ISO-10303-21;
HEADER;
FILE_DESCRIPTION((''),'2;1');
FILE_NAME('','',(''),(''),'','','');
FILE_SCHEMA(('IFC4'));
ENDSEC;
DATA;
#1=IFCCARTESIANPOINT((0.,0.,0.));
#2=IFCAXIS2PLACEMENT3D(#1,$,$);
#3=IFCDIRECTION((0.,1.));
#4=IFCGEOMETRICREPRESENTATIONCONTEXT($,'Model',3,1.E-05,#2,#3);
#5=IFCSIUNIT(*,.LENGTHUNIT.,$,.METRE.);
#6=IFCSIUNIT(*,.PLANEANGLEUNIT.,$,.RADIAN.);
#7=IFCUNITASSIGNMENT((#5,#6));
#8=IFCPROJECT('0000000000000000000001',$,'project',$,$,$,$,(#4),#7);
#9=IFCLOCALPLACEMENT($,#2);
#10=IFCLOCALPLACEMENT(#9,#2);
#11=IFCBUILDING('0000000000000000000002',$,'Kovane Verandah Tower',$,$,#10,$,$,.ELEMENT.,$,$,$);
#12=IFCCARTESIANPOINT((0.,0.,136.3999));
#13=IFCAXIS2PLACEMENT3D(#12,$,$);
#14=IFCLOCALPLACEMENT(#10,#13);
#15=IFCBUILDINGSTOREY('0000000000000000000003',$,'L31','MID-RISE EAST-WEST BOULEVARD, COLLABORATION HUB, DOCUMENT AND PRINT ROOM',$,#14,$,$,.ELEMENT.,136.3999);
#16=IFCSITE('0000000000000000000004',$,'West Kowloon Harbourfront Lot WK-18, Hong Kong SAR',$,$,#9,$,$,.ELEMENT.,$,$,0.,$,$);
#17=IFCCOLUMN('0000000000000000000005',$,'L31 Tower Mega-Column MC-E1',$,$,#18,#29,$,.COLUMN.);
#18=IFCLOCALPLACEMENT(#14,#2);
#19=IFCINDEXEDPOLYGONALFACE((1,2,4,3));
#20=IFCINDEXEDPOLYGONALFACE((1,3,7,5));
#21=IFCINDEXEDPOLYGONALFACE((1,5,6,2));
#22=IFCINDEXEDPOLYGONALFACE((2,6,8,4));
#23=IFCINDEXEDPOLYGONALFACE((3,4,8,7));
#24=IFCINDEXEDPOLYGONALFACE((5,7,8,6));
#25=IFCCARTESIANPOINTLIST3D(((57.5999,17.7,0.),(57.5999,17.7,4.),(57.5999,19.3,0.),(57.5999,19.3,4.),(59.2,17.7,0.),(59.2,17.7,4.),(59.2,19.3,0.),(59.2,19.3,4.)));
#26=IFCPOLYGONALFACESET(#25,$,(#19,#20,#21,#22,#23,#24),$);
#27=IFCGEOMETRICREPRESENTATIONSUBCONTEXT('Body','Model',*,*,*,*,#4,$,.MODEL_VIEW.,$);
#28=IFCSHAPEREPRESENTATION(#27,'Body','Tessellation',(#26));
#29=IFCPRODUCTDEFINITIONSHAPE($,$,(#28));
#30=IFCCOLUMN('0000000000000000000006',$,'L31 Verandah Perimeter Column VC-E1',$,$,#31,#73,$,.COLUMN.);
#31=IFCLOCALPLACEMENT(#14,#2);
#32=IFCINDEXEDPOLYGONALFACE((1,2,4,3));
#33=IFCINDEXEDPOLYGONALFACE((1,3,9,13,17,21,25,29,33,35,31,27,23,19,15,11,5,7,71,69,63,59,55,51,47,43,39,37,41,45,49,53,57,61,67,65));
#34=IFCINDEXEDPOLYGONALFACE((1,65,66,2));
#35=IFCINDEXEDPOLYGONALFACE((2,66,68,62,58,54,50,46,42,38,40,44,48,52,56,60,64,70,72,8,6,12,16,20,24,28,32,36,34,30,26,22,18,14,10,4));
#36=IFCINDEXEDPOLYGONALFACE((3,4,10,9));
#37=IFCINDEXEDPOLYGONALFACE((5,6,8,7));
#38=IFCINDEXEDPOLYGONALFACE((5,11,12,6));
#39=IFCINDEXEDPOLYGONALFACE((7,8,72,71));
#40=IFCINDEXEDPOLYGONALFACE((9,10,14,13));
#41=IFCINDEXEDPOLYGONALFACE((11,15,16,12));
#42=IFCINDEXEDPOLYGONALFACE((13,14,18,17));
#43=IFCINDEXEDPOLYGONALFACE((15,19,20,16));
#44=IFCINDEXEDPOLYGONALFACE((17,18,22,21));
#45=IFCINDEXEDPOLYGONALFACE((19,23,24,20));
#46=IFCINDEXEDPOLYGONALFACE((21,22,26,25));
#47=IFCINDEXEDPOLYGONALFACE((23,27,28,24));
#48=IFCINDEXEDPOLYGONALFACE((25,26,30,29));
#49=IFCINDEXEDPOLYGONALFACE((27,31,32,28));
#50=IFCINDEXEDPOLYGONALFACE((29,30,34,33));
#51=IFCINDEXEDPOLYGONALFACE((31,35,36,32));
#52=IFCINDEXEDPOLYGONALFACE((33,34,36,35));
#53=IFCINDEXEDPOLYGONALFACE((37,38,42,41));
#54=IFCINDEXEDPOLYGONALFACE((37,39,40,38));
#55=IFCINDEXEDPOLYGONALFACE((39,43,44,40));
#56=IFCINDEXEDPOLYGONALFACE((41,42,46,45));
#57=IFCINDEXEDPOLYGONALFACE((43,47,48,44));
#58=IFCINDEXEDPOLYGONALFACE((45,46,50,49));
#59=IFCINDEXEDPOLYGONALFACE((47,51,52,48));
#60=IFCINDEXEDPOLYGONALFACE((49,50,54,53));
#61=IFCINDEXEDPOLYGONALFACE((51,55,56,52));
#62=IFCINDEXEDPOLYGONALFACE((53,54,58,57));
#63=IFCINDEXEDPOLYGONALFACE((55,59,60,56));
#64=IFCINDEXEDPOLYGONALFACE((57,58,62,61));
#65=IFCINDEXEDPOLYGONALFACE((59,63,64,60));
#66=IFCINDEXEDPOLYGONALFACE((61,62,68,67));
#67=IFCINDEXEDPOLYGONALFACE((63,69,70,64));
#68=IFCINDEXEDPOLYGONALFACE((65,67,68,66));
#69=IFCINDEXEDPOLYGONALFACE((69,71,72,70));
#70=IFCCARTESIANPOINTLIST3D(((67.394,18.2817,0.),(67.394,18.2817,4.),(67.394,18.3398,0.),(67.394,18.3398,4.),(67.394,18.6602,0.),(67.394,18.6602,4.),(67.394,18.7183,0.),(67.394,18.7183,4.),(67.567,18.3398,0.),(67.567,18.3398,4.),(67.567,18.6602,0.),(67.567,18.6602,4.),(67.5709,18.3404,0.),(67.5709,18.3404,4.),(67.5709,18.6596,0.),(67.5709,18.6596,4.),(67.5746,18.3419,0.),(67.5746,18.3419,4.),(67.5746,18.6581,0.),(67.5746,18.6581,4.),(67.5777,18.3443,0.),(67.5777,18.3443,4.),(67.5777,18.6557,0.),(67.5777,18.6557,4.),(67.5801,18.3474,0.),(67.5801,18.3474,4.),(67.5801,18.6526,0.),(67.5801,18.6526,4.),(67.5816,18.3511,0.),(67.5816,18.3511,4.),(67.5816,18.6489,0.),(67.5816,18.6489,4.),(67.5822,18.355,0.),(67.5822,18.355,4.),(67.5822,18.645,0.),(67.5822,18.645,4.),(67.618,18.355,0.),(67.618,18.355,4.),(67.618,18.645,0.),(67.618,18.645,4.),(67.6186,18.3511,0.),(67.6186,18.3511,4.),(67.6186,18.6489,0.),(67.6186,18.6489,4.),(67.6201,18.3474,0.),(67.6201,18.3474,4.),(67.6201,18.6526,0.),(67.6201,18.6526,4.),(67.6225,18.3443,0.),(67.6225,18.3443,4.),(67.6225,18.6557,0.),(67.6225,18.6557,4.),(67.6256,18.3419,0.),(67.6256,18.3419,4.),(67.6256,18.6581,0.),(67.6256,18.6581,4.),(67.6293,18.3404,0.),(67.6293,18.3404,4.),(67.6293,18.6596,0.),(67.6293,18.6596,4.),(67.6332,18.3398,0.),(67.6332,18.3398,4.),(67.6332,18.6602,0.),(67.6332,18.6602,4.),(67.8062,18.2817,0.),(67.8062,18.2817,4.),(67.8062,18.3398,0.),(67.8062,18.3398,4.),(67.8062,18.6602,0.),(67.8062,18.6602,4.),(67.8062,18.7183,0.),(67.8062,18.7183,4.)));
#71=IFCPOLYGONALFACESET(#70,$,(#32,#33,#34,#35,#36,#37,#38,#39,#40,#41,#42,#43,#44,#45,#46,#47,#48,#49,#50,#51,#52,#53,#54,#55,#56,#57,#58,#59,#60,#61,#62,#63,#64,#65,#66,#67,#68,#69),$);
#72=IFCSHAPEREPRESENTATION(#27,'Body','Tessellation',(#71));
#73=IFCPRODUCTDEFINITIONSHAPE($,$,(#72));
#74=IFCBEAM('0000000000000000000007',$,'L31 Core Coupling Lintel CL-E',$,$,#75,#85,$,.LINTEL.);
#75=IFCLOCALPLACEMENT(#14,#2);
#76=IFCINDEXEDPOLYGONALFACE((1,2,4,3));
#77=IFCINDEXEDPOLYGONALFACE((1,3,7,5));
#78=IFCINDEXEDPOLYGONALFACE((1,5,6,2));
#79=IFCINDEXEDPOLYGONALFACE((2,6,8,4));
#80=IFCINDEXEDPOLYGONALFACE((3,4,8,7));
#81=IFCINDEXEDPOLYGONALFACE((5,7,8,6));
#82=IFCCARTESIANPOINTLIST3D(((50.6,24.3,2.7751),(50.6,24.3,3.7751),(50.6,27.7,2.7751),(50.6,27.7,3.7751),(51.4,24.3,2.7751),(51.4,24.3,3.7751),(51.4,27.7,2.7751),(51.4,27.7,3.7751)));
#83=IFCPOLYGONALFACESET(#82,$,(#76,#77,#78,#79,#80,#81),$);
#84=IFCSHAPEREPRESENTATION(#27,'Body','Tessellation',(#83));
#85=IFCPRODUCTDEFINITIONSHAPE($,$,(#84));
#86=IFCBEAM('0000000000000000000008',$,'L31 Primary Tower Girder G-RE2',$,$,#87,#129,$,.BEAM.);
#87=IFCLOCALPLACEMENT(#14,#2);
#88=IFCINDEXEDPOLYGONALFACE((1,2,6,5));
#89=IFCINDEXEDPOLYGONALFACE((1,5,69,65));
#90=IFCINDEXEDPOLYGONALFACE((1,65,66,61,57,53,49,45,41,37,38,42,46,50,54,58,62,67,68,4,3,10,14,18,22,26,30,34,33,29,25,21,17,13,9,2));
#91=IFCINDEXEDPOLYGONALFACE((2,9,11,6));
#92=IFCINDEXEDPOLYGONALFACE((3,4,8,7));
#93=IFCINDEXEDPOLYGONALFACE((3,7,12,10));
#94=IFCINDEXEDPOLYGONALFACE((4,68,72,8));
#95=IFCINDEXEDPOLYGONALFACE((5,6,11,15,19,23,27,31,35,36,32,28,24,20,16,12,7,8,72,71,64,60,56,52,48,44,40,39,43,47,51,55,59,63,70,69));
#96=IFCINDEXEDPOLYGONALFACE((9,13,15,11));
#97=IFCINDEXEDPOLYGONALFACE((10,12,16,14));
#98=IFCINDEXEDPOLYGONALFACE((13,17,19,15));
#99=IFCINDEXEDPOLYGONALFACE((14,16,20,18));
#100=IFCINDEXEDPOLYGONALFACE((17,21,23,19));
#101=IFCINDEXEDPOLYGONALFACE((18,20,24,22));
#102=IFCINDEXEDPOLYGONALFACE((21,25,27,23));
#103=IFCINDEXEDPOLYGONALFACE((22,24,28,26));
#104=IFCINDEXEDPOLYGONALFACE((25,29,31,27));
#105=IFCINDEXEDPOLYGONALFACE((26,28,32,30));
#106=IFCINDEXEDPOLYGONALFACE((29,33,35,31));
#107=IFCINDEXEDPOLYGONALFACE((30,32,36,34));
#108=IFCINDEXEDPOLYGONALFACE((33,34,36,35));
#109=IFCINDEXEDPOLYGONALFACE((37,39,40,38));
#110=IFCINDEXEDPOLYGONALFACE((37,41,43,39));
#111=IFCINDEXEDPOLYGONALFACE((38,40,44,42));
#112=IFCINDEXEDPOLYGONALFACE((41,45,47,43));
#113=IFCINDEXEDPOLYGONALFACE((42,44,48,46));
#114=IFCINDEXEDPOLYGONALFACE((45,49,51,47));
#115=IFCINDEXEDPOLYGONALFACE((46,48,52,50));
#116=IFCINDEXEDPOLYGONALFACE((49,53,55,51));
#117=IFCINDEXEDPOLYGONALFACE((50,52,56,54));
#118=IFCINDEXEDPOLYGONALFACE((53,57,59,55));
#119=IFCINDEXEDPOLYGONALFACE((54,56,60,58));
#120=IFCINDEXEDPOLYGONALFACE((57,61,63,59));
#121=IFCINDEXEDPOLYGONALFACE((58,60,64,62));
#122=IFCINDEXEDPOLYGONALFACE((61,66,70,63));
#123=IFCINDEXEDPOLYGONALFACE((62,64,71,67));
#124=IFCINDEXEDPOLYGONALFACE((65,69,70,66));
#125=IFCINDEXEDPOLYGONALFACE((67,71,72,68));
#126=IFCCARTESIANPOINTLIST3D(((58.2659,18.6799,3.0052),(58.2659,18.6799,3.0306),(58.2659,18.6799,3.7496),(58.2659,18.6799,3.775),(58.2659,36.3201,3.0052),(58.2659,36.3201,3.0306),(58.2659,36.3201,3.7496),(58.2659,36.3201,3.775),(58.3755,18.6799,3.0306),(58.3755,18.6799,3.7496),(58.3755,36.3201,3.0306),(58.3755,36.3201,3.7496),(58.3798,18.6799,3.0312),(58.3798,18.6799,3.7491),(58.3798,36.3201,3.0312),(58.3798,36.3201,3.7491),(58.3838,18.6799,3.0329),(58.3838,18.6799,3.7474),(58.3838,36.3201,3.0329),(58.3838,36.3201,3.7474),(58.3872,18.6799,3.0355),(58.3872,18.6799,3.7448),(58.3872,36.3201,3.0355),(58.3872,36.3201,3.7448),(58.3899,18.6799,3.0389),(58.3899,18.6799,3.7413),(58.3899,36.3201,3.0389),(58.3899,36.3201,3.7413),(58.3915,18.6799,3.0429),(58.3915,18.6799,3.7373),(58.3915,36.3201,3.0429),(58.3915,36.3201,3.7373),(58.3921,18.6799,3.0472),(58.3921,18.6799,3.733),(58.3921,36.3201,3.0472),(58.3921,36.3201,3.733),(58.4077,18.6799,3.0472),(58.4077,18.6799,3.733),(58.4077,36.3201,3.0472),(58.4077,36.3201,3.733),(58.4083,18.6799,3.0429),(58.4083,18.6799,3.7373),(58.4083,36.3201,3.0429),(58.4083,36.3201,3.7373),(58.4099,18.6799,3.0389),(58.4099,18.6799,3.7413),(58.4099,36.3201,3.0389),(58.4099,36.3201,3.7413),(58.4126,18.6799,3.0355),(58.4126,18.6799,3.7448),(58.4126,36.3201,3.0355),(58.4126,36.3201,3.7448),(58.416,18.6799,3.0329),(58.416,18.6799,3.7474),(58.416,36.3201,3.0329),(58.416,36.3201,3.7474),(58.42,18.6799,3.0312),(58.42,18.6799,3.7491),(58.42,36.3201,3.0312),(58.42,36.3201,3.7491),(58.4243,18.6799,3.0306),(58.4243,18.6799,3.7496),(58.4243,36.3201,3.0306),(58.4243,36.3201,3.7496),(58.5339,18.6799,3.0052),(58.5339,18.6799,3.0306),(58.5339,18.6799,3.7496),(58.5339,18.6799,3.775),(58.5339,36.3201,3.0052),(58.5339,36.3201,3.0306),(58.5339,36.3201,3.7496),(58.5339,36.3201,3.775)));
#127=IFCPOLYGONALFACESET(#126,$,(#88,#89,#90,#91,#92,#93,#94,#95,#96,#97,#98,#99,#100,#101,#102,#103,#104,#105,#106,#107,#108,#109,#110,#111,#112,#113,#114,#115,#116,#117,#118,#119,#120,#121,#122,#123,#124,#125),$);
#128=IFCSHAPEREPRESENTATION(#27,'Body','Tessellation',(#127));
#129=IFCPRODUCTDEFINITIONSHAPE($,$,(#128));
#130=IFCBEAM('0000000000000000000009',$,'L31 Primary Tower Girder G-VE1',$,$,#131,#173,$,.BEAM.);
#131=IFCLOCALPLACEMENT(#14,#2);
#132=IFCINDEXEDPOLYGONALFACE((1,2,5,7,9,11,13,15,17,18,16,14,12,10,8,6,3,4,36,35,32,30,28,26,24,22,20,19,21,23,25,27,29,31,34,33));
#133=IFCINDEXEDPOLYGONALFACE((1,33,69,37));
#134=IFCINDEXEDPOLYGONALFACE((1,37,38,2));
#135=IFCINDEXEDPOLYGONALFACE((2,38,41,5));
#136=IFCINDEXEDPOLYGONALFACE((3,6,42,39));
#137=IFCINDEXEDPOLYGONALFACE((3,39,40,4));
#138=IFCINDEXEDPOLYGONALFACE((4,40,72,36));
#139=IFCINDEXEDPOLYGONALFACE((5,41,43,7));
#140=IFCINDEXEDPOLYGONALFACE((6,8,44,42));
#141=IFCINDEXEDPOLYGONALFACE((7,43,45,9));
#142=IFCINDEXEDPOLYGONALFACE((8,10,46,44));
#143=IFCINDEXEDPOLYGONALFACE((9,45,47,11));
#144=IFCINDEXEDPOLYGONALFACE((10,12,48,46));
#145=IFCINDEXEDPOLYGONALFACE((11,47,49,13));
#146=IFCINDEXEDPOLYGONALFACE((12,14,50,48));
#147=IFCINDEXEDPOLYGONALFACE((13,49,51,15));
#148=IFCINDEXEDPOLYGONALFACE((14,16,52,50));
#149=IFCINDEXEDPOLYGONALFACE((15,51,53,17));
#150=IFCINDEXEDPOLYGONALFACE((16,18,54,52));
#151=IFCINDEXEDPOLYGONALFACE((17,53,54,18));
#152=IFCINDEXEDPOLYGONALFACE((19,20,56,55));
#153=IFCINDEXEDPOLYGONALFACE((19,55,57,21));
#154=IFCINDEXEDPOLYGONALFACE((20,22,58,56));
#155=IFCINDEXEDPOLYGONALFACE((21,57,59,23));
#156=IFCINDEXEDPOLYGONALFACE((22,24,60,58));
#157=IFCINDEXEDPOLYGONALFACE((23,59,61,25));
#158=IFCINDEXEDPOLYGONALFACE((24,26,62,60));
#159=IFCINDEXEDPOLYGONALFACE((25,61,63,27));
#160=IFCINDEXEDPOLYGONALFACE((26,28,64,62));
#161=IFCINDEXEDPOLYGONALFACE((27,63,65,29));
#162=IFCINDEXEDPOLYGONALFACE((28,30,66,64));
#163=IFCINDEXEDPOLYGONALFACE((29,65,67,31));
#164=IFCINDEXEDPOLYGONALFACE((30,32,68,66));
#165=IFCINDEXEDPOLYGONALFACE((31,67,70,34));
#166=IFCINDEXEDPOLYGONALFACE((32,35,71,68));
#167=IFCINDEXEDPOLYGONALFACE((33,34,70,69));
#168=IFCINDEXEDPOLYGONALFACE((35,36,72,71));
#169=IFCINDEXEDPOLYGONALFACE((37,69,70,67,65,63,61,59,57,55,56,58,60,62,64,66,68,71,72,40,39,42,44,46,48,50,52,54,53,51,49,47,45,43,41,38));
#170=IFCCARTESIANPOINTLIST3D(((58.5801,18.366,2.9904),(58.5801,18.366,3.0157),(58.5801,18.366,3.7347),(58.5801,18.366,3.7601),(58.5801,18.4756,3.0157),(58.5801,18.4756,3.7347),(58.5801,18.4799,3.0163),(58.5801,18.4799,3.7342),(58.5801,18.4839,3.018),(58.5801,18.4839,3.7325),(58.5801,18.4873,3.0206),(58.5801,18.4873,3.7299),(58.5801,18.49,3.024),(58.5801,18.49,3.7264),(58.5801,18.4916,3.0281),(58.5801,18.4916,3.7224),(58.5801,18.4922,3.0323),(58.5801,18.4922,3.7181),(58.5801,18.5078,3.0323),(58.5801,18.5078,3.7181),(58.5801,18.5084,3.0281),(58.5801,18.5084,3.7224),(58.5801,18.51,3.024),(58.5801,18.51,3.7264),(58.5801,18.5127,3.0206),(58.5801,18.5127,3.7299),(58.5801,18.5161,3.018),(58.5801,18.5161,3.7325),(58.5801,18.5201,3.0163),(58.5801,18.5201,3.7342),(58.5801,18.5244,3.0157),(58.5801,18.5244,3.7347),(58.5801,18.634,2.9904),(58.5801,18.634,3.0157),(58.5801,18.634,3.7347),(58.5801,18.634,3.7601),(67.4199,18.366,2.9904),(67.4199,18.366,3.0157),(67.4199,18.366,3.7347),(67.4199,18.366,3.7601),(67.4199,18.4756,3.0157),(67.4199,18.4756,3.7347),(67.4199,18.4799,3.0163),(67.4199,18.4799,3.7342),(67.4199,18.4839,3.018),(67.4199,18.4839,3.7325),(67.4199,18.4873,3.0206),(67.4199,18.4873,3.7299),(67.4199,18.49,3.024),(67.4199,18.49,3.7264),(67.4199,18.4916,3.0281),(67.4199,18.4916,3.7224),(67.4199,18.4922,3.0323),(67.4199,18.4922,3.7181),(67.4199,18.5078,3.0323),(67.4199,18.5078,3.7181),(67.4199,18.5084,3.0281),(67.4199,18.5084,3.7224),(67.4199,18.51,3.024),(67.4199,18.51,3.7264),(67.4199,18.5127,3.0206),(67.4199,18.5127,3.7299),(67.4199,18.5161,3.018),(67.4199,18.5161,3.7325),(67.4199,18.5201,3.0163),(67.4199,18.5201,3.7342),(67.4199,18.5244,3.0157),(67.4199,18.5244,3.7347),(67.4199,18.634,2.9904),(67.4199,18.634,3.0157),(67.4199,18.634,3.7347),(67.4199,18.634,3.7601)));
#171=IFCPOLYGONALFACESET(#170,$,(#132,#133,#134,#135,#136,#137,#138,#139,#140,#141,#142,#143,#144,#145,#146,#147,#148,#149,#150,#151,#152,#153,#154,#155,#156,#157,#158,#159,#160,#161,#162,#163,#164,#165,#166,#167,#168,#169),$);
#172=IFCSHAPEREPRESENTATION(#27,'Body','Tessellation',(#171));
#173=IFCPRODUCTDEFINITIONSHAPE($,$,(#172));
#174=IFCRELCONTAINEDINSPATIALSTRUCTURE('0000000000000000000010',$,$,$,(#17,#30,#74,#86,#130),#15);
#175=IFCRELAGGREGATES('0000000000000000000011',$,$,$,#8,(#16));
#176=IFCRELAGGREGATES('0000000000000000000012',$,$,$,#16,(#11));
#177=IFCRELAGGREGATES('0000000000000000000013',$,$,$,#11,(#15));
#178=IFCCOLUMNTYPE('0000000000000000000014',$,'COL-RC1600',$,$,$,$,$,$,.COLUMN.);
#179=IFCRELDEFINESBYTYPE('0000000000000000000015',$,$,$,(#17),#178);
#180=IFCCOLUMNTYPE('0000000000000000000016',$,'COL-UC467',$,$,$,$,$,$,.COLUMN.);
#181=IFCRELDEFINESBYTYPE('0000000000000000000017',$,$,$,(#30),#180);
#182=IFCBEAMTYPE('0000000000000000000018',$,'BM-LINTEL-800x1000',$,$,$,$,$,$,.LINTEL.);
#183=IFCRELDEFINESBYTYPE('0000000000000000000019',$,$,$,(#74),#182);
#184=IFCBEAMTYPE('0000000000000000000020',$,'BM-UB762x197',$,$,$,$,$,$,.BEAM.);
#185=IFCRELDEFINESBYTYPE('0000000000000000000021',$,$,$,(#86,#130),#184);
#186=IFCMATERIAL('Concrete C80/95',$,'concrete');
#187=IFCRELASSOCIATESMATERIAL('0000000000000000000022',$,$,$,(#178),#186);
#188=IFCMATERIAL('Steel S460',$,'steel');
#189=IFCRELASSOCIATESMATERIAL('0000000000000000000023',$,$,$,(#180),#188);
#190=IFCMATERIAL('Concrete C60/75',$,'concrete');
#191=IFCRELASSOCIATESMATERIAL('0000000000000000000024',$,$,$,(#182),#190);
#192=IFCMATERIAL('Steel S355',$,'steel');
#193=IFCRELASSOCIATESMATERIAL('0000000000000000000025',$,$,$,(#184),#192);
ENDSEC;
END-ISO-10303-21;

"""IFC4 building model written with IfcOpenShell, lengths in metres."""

from ifc_helpers import new_model, si_unit, direction, frame, origin, origin_2d, place, context, subcontext, project, spatial, rectangle, i_section, extrude, material, material_profile, profile_set, type_object, element, save


model = new_model("IFC4")

# Units and contexts
model_context = context("Model", 3, precision=1e-05, world=origin(), true_north=direction((0.0, 1.0)))
body_context = subcontext(model_context, "Body", "Model", "MODEL_VIEW")
ifc_project = project(units=[si_unit("LENGTHUNIT", "METRE"), si_unit("PLANEANGLEUNIT", "RADIAN")], contexts=[model_context])

# Site, building, storey
site_placement = place(None, origin())
site = spatial("IfcSite", under=ifc_project, at=site_placement, Name="West Kowloon Harbourfront Lot WK-18, Hong Kong SAR", CompositionType="ELEMENT", RefElevation=0.0)
building_placement = place(site_placement, origin())
building = spatial("IfcBuilding", under=site, at=building_placement, Name="Kovane Verandah Tower", CompositionType="ELEMENT")
storey_placement = place(building_placement, frame((0.0, 0.0, 136.3999)))
storey = spatial("IfcBuildingStorey", under=building, at=storey_placement, Name="L31", Description="MID-RISE EAST-WEST BOULEVARD, COLLABORATION HUB, DOCUMENT AND PRINT ROOM", CompositionType="ELEMENT", Elevation=136.3999)

# Columns
ifc_material_1 = material(Name="Concrete C80/95", Category="concrete")
ifc_material_profile_1 = material_profile(ifc_material_1, rectangle(XDim=1.6001, YDim=1.6001, at=origin_2d()), Name="RC1600x1600")
ifc_profile_set_1 = profile_set([ifc_material_profile_1], Name="Concrete C80/95")
column_type_1 = type_object("IfcColumnType", Name="COL-RC1600", PredefinedType="COLUMN", material=ifc_profile_set_1)
column_1_placement = place(storey_placement, frame((58.3999, 18.5, 0.0), z_axis=(0.0, 0.0, 1.0), x_axis=(1.0, 0.0, 0.0)))
element("IfcColumn", 1, at=column_1_placement, inside=storey, type_object=column_type_1, Name="L31 Tower Mega-Column MC-E1", PredefinedType="COLUMN", context=body_context, shape_type="SweptSolid", body=[
    extrude(rectangle(XDim=1.6001, YDim=1.6001, at=origin_2d()), origin(), (0.0, 0.0, 1.0), 4.0),
])
ifc_material_2 = material(Name="Steel S460", Category="steel")
ifc_material_profile_2 = material_profile(ifc_material_2, i_section(OverallWidth=0.4121, OverallDepth=0.4365, WebThickness=0.0359, FlangeThickness=0.0581, FilletRadius=0.0151, at=origin_2d()), Name="UC356x406x467")
ifc_profile_set_2 = profile_set([ifc_material_profile_2], Name="Steel S460")
column_type_2 = type_object("IfcColumnType", Name="COL-UC467", PredefinedType="COLUMN", material=ifc_profile_set_2)
column_2_placement = place(storey_placement, frame((67.6001, 18.5, 0.0), z_axis=(0.0, 0.0, 1.0), x_axis=(1.0, 0.0, 0.0)))
element("IfcColumn", 2, at=column_2_placement, inside=storey, type_object=column_type_2, Name="L31 Verandah Perimeter Column VC-E1", PredefinedType="COLUMN", context=body_context, shape_type="SweptSolid", body=[
    extrude(i_section(OverallWidth=0.4121, OverallDepth=0.4365, WebThickness=0.0359, FlangeThickness=0.0581, FilletRadius=0.0151, at=origin_2d()), origin(), (0.0, 0.0, 1.0), 4.0),
])

# Beams
ifc_material_3 = material(Name="Concrete C60/75", Category="concrete")
ifc_material_profile_3 = material_profile(ifc_material_3, rectangle(XDim=0.8, YDim=1.0, at=origin_2d()), Name="RCB800x1000")
ifc_profile_set_3 = profile_set([ifc_material_profile_3], Name="Concrete C60/75")
beam_type_1 = type_object("IfcBeamType", Name="BM-LINTEL-800x1000", PredefinedType="LINTEL", material=ifc_profile_set_3)
beam_1_placement = place(storey_placement, frame((51.0, 24.3, 3.2751), z_axis=(0.0, 1.0, 0.0), x_axis=(-1.0, 0.0, 0.0)))
element("IfcBeam", 3, at=beam_1_placement, inside=storey, type_object=beam_type_1, Name="L31 Core Coupling Lintel CL-E", PredefinedType="LINTEL", context=body_context, shape_type="SweptSolid", body=[
    extrude(rectangle(XDim=0.8, YDim=1.0, at=origin_2d()), origin(), (0.0, 0.0, 1.0), 3.3999),
])
ifc_material_4 = material(Name="Steel S355", Category="steel")
ifc_material_profile_4 = material_profile(ifc_material_4, i_section(OverallWidth=0.2681, OverallDepth=0.7698, WebThickness=0.0156, FlangeThickness=0.0254, FilletRadius=0.0166, at=origin_2d()), Name="UB762x267x197")
ifc_profile_set_4 = profile_set([ifc_material_profile_4], Name="Steel S355")
beam_type_2 = type_object("IfcBeamType", Name="BM-UB762x197", PredefinedType="BEAM", material=ifc_profile_set_4)
beam_2_placement = place(storey_placement, frame((58.3999, 18.6799, 3.3901), z_axis=(0.0, 1.0, 0.0), x_axis=(-1.0, 0.0, 0.0)))
element("IfcBeam", 4, at=beam_2_placement, inside=storey, type_object=beam_type_2, Name="L31 Primary Tower Girder G-RE2", PredefinedType="BEAM", context=body_context, shape_type="SweptSolid", body=[
    extrude(i_section(OverallWidth=0.2681, OverallDepth=0.7698, WebThickness=0.0156, FlangeThickness=0.0254, FilletRadius=0.0166, at=origin_2d()), origin(), (0.0, 0.0, 1.0), 17.6401),
])
beam_3_placement = place(storey_placement, frame((58.5801, 18.5, 3.3752), z_axis=(1.0, 0.0, 0.0), x_axis=(0.0, 1.0, 0.0)))
element("IfcBeam", 5, at=beam_3_placement, inside=storey, type_object=beam_type_2, Name="L31 Primary Tower Girder G-VE1", PredefinedType="BEAM", context=body_context, shape_type="SweptSolid", body=[
    extrude(i_section(OverallWidth=0.2681, OverallDepth=0.7698, WebThickness=0.0156, FlangeThickness=0.0254, FilletRadius=0.0166, at=origin_2d()), origin(), (0.0, 0.0, 1.0), 8.8398),
])

save(model, "model.ifc")
